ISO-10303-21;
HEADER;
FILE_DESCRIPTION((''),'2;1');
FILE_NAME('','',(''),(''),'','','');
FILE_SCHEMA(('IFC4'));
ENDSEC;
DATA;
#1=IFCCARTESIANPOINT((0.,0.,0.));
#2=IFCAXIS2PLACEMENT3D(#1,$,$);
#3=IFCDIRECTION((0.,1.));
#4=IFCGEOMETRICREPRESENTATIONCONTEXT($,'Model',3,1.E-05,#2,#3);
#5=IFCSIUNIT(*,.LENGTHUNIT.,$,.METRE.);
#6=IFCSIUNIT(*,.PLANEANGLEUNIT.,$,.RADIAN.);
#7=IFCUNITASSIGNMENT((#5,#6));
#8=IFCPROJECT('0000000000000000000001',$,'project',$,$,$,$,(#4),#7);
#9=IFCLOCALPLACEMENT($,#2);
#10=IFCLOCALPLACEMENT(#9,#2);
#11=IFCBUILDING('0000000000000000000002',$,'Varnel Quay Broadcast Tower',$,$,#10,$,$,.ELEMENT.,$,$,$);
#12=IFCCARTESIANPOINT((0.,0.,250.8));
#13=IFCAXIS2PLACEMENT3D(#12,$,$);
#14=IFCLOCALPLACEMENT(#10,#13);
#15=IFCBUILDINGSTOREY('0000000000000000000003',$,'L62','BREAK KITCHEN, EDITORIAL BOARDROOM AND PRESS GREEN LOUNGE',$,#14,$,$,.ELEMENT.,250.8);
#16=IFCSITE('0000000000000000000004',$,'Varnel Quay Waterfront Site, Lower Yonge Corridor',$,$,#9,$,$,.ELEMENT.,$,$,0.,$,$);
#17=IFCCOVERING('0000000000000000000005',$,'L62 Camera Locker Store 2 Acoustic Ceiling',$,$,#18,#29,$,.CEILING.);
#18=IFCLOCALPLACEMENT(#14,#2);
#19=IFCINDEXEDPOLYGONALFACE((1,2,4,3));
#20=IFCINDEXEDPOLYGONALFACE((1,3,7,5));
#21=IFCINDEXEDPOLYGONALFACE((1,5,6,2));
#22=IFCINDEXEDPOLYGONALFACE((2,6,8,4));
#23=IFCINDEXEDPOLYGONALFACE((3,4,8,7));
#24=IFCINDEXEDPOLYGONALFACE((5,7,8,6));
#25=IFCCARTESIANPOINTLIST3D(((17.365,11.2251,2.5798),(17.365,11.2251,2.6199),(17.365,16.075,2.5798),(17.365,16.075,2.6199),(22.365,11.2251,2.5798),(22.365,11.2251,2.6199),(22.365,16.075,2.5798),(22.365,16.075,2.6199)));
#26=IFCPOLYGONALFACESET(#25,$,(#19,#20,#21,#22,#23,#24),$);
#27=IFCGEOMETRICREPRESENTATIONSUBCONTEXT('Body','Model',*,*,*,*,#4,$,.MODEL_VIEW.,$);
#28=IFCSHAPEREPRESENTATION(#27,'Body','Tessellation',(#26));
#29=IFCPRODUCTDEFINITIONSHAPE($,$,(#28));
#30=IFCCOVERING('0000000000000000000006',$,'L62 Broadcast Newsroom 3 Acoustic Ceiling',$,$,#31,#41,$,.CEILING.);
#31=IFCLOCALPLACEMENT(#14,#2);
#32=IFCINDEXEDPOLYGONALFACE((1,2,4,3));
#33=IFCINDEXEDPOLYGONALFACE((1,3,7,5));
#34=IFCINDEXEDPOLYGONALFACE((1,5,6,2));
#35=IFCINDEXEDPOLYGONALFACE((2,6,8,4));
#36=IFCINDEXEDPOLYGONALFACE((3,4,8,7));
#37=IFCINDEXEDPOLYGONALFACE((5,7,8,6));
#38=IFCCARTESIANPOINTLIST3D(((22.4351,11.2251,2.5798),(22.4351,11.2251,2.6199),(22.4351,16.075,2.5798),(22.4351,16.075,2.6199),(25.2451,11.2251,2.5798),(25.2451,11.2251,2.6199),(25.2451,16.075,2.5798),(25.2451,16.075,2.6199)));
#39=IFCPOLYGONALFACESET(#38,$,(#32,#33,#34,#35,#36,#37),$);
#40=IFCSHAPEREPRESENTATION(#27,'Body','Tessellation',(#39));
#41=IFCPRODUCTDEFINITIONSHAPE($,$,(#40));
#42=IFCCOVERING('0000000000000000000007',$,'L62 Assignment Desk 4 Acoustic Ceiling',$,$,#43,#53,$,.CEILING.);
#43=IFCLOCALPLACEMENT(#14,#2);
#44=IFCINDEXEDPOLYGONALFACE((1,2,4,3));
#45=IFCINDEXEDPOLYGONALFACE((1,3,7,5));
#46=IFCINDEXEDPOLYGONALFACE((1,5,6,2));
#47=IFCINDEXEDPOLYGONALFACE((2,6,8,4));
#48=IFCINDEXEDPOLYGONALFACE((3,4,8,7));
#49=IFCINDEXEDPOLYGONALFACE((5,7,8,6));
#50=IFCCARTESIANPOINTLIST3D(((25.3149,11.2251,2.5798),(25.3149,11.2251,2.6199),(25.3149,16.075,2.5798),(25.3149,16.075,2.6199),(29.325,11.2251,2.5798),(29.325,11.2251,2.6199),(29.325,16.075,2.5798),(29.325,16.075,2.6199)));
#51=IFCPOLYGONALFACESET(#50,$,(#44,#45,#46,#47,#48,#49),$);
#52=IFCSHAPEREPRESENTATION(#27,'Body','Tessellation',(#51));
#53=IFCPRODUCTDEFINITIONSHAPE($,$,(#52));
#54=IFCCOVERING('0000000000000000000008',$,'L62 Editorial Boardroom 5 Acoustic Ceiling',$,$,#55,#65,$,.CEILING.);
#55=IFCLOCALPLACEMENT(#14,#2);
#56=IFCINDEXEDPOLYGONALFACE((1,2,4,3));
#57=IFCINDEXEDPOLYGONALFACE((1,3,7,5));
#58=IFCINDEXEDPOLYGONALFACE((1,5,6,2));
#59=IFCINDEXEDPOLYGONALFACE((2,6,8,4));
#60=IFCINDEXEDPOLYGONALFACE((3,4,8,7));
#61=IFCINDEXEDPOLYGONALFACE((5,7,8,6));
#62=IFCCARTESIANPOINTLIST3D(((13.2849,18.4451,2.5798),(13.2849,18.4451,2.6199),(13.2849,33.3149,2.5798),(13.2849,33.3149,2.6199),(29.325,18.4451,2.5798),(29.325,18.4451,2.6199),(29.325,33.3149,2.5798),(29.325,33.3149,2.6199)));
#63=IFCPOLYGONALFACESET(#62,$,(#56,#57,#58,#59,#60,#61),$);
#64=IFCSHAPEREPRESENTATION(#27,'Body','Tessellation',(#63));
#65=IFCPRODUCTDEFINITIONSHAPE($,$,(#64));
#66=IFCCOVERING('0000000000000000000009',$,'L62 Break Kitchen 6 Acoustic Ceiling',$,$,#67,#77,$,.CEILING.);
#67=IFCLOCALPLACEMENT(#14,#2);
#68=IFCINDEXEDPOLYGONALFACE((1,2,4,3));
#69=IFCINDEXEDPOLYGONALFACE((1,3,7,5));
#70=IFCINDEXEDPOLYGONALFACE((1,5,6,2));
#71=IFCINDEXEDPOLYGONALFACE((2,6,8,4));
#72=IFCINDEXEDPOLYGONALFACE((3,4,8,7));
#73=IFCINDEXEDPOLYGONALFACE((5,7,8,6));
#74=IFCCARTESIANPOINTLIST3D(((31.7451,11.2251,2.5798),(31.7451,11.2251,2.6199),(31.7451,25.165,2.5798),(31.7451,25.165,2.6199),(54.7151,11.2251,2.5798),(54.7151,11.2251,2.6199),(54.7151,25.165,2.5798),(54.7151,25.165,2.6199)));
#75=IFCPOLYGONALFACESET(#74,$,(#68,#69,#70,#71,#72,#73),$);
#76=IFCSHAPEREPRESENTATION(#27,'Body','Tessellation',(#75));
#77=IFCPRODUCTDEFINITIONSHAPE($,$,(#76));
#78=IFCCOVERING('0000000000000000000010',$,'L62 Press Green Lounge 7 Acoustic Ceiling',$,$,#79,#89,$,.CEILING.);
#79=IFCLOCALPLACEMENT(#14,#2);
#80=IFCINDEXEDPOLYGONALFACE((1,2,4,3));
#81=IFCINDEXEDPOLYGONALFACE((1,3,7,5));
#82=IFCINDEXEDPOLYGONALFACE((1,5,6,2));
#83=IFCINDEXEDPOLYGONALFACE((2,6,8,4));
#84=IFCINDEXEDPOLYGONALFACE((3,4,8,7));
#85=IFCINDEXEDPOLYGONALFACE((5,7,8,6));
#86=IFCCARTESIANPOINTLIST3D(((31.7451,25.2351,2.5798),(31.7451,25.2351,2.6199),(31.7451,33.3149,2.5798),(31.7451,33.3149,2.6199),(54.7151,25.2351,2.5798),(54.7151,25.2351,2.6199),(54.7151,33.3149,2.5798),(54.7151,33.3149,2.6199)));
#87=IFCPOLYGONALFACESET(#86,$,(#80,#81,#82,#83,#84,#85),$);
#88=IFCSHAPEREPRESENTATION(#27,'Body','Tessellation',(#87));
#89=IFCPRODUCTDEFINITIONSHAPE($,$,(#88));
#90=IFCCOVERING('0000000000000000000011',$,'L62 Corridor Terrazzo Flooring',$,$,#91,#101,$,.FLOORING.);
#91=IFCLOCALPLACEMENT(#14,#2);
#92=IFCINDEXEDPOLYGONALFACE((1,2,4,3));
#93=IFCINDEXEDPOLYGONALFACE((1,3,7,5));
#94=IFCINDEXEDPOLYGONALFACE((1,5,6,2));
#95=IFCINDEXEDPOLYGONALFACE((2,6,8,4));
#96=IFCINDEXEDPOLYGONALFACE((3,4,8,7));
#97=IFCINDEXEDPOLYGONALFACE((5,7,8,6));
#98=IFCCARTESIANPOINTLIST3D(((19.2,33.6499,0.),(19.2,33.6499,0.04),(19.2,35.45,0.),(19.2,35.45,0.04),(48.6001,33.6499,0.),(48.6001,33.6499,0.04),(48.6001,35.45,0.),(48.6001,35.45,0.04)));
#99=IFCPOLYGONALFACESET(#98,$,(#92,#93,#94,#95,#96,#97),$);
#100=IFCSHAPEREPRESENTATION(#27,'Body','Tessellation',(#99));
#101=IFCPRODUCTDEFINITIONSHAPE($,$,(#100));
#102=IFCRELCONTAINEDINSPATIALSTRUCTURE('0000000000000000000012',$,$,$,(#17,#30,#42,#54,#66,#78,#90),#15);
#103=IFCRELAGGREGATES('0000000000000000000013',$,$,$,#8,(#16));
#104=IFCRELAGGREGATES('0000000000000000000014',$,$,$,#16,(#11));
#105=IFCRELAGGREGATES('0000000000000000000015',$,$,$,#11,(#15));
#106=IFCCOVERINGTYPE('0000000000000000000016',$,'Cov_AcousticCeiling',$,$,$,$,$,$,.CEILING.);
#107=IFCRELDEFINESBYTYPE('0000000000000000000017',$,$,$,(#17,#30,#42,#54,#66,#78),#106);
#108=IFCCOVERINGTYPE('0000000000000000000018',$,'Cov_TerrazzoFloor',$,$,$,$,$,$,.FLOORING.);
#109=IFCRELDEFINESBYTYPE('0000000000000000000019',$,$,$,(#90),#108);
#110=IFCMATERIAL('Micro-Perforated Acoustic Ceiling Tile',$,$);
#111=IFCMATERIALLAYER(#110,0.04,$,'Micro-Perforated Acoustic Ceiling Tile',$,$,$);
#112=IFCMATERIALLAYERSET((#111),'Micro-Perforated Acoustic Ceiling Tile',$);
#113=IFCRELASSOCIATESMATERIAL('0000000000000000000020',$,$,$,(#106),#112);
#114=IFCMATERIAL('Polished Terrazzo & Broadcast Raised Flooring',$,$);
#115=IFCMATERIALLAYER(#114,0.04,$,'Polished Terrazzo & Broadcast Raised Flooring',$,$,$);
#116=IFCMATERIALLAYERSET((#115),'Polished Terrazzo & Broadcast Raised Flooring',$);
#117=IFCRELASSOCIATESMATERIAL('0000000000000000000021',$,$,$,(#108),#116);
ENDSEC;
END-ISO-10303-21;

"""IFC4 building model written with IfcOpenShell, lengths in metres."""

from ifc_helpers import new_model, si_unit, direction, frame, origin, place, context, subcontext, project, spatial, polyline, outline, extrude, material, layer, layer_set, type_object, element, save


model = new_model("IFC4")

# Units and contexts
model_context = context("Model", 3, precision=1e-05, world=origin(), true_north=direction((0.0, 1.0)))
body_context = subcontext(model_context, "Body", "Model", "MODEL_VIEW")
ifc_project = project(units=[si_unit("LENGTHUNIT", "METRE"), si_unit("PLANEANGLEUNIT", "RADIAN")], contexts=[model_context])

# Site, building, storey
site_placement = place(None, origin())
site = spatial("IfcSite", under=ifc_project, at=site_placement, Name="Varnel Quay Waterfront Site, Lower Yonge Corridor", CompositionType="ELEMENT", RefElevation=0.0)
building_placement = place(site_placement, origin())
building = spatial("IfcBuilding", under=site, at=building_placement, Name="Varnel Quay Broadcast Tower", CompositionType="ELEMENT")
storey_placement = place(building_placement, frame((0.0, 0.0, 250.8)))
storey = spatial("IfcBuildingStorey", under=building, at=storey_placement, Name="L62", Description="BREAK KITCHEN, EDITORIAL BOARDROOM AND PRESS GREEN LOUNGE", CompositionType="ELEMENT", Elevation=250.8)

# Coverings
ifc_material_1 = material(Name="Micro-Perforated Acoustic Ceiling Tile")
ifc_layer_1 = layer(ifc_material_1, 0.04, Name="Micro-Perforated Acoustic Ceiling Tile")
ifc_layer_set_1 = layer_set([ifc_layer_1], Name="Micro-Perforated Acoustic Ceiling Tile")
covering_type_1 = type_object("IfcCoveringType", Name="Cov_AcousticCeiling", PredefinedType="CEILING", material=ifc_layer_set_1)
covering_1_placement = place(storey_placement, frame((0.0, 0.0, 2.5798)))
element("IfcCovering", 1, at=covering_1_placement, inside=storey, type_object=covering_type_1, Name="L62 Camera Locker Store 2 Acoustic Ceiling", PredefinedType="CEILING", context=body_context, shape_type="SweptSolid", body=[
    extrude(outline(polyline([(17.365, 11.2251), (22.365, 11.2251), (22.365, 16.075), (17.365, 16.075), (17.365, 11.2251)])), origin(), (0.0, 0.0, 1.0), 0.04),
])
covering_2_placement = place(storey_placement, frame((0.0, 0.0, 2.5798)))
element("IfcCovering", 2, at=covering_2_placement, inside=storey, type_object=covering_type_1, Name="L62 Broadcast Newsroom 3 Acoustic Ceiling", PredefinedType="CEILING", context=body_context, shape_type="SweptSolid", body=[
    extrude(outline(polyline([(22.4351, 11.2251), (25.2451, 11.2251), (25.2451, 16.075), (22.4351, 16.075), (22.4351, 11.2251)])), origin(), (0.0, 0.0, 1.0), 0.04),
])
covering_3_placement = place(storey_placement, frame((0.0, 0.0, 2.5798)))
element("IfcCovering", 3, at=covering_3_placement, inside=storey, type_object=covering_type_1, Name="L62 Assignment Desk 4 Acoustic Ceiling", PredefinedType="CEILING", context=body_context, shape_type="SweptSolid", body=[
    extrude(outline(polyline([(25.3149, 11.2251), (29.325, 11.2251), (29.325, 16.075), (25.3149, 16.075), (25.3149, 11.2251)])), origin(), (0.0, 0.0, 1.0), 0.04),
])
covering_4_placement = place(storey_placement, frame((0.0, 0.0, 2.5798)))
element("IfcCovering", 4, at=covering_4_placement, inside=storey, type_object=covering_type_1, Name="L62 Editorial Boardroom 5 Acoustic Ceiling", PredefinedType="CEILING", context=body_context, shape_type="SweptSolid", body=[
    extrude(outline(polyline([(13.2849, 18.4451), (29.325, 18.4451), (29.325, 33.3149), (13.2849, 33.3149), (13.2849, 18.4451)])), origin(), (0.0, 0.0, 1.0), 0.04),
])
covering_5_placement = place(storey_placement, frame((0.0, 0.0, 2.5798)))
element("IfcCovering", 5, at=covering_5_placement, inside=storey, type_object=covering_type_1, Name="L62 Break Kitchen 6 Acoustic Ceiling", PredefinedType="CEILING", context=body_context, shape_type="SweptSolid", body=[
    extrude(outline(polyline([(31.7451, 11.2251), (54.7151, 11.2251), (54.7151, 25.165), (31.7451, 25.165), (31.7451, 11.2251)])), origin(), (0.0, 0.0, 1.0), 0.04),
])
covering_6_placement = place(storey_placement, frame((0.0, 0.0, 2.5798)))
element("IfcCovering", 6, at=covering_6_placement, inside=storey, type_object=covering_type_1, Name="L62 Press Green Lounge 7 Acoustic Ceiling", PredefinedType="CEILING", context=body_context, shape_type="SweptSolid", body=[
    extrude(outline(polyline([(31.7451, 25.2351), (54.7151, 25.2351), (54.7151, 33.3149), (31.7451, 33.3149), (31.7451, 25.2351)])), origin(), (0.0, 0.0, 1.0), 0.04),
])
ifc_material_2 = material(Name="Polished Terrazzo & Broadcast Raised Flooring")
ifc_layer_2 = layer(ifc_material_2, 0.04, Name="Polished Terrazzo & Broadcast Raised Flooring")
ifc_layer_set_2 = layer_set([ifc_layer_2], Name="Polished Terrazzo & Broadcast Raised Flooring")
covering_type_2 = type_object("IfcCoveringType", Name="Cov_TerrazzoFloor", PredefinedType="FLOORING", material=ifc_layer_set_2)
covering_7_placement = place(storey_placement, origin())
element("IfcCovering", 7, at=covering_7_placement, inside=storey, type_object=covering_type_2, Name="L62 Corridor Terrazzo Flooring", PredefinedType="FLOORING", context=body_context, shape_type="SweptSolid", body=[
    extrude(outline(polyline([(19.2, 33.6499), (48.6001, 33.6499), (48.6001, 35.45), (19.2, 35.45), (19.2, 33.6499)])), origin(), (0.0, 0.0, 1.0), 0.04),
])

save(model, "model.ifc")
